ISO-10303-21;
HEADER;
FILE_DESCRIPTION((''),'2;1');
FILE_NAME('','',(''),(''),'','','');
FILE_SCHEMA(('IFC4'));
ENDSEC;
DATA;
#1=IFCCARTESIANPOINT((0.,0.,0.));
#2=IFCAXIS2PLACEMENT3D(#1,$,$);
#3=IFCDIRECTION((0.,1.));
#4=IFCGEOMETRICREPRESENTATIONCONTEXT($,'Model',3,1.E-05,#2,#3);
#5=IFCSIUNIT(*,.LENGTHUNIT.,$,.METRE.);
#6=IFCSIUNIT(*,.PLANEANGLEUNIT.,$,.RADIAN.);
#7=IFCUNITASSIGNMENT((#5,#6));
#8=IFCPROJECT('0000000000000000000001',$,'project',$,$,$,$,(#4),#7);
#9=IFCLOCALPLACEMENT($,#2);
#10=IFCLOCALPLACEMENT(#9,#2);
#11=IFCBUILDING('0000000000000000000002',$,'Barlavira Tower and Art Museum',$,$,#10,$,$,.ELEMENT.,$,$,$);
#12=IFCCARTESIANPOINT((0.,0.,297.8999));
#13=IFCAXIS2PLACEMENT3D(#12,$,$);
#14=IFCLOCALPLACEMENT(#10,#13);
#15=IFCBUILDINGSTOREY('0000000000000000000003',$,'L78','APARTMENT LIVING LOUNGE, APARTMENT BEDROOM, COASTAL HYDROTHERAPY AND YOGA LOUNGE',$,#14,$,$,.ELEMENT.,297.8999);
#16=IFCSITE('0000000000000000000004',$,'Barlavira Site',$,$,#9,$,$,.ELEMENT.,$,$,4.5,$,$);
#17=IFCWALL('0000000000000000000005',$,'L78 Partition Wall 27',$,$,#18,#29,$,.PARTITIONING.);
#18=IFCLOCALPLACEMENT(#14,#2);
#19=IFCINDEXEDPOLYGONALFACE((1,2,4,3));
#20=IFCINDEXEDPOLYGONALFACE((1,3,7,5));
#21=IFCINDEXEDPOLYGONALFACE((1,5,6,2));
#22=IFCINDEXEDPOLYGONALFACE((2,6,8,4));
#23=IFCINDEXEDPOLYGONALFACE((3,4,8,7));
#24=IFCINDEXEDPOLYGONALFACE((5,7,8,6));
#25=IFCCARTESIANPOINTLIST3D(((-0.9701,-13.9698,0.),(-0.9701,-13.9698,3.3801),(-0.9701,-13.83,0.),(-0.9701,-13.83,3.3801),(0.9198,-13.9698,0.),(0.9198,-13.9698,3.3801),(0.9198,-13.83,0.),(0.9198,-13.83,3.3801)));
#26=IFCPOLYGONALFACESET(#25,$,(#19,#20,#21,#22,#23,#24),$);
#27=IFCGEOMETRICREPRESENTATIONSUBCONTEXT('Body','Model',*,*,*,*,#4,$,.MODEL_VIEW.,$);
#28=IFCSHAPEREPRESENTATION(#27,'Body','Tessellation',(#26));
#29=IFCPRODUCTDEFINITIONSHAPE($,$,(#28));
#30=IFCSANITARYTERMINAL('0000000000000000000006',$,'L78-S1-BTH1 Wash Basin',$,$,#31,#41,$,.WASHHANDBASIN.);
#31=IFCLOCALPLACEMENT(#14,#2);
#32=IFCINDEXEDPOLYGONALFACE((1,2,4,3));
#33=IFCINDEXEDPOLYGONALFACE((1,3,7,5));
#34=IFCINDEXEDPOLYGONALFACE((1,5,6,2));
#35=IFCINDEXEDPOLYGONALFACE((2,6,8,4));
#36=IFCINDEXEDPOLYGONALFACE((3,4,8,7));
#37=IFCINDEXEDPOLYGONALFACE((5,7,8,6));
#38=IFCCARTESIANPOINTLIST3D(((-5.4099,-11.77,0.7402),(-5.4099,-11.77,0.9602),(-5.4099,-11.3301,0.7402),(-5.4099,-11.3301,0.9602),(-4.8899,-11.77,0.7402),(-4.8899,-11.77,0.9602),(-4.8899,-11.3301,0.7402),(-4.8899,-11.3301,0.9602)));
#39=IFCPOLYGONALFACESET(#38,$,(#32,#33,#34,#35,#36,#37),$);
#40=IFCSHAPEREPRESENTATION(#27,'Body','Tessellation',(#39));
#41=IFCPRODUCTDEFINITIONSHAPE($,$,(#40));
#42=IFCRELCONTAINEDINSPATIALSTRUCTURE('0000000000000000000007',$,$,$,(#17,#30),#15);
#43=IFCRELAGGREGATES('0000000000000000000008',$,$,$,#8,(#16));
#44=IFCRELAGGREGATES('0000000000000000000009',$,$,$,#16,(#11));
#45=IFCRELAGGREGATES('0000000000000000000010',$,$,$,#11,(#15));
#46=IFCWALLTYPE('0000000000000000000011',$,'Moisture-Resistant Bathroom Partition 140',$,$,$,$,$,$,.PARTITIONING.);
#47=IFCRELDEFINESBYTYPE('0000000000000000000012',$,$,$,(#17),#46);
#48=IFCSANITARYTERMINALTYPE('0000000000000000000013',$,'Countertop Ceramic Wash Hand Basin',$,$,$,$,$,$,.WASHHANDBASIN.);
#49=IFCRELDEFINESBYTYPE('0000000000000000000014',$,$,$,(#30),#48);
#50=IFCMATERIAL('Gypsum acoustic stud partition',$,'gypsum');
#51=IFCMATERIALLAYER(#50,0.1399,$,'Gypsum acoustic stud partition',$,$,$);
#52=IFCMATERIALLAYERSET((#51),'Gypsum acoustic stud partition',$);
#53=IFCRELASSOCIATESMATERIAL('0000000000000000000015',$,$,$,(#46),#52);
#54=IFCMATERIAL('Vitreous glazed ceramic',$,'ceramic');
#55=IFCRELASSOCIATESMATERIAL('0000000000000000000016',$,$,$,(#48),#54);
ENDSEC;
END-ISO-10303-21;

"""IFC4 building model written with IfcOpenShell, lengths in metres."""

from ifc_helpers import new_model, si_unit, direction, frame, frame_2d, origin, origin_2d, place, context, subcontext, project, spatial, rectangle, extrude, material, layer, layer_set, type_object, element, save


model = new_model("IFC4")

# Units and contexts
model_context = context("Model", 3, precision=1e-05, world=origin(), true_north=direction((0.0, 1.0)))
body_context = subcontext(model_context, "Body", "Model", "MODEL_VIEW")
ifc_project = project(units=[si_unit("LENGTHUNIT", "METRE"), si_unit("PLANEANGLEUNIT", "RADIAN")], contexts=[model_context])

# Site, building, storey
site_placement = place(None, origin())
site = spatial("IfcSite", under=ifc_project, at=site_placement, Name="Barlavira Site", CompositionType="ELEMENT", RefElevation=4.5)
building_placement = place(site_placement, origin())
building = spatial("IfcBuilding", under=site, at=building_placement, Name="Barlavira Tower and Art Museum", CompositionType="ELEMENT")
storey_placement = place(building_placement, frame((0.0, 0.0, 297.8999)))
storey = spatial("IfcBuildingStorey", under=building, at=storey_placement, Name="L78", Description="APARTMENT LIVING LOUNGE, APARTMENT BEDROOM, COASTAL HYDROTHERAPY AND YOGA LOUNGE", CompositionType="ELEMENT", Elevation=297.8999)

# Shared definitions
ifc_material_1 = material(Name="Gypsum acoustic stud partition", Category="gypsum")
ifc_layer_1 = layer(ifc_material_1, 0.1399, Name="Gypsum acoustic stud partition")
ifc_layer_set_1 = layer_set([ifc_layer_1], Name="Gypsum acoustic stud partition")
wall_type_1 = type_object("IfcWallType", Name="Moisture-Resistant Bathroom Partition 140", PredefinedType="PARTITIONING", material=ifc_layer_set_1)

# Wall
wall_1_placement = place(storey_placement, frame((-0.97, -13.8999, 0.0), z_axis=(0.0, 0.0, 1.0), x_axis=(1.0, 0.0, 0.0)))
element("IfcWall", 1, at=wall_1_placement, inside=storey, type_object=wall_type_1, Name="L78 Partition Wall 27", PredefinedType="PARTITIONING", context=body_context, shape_type="SweptSolid", body=[
    extrude(rectangle(XDim=1.8899, YDim=0.1399, at=frame_2d((0.9448, 0.0))), origin(), (0.0, 0.0, 1.0), 3.3801),
])

# Sanitary terminal
ifc_material_2 = material(Name="Vitreous glazed ceramic", Category="ceramic")
sanitary_terminal_type = type_object("IfcSanitaryTerminalType", Name="Countertop Ceramic Wash Hand Basin", PredefinedType="WASHHANDBASIN", material=ifc_material_2)
sanitary_terminal_placement = place(storey_placement, frame((-5.1499, -11.55, 0.7402), z_axis=(0.0, 0.0, 1.0), x_axis=(1.0, 0.0, 0.0)))
element("IfcSanitaryTerminal", 2, at=sanitary_terminal_placement, inside=storey, type_object=sanitary_terminal_type, Name="L78-S1-BTH1 Wash Basin", PredefinedType="WASHHANDBASIN", context=body_context, shape_type="SweptSolid", body=[
    extrude(rectangle(XDim=0.52, YDim=0.4399, at=origin_2d()), origin(), (0.0, 0.0, 1.0), 0.22),
])

save(model, "model.ifc")
